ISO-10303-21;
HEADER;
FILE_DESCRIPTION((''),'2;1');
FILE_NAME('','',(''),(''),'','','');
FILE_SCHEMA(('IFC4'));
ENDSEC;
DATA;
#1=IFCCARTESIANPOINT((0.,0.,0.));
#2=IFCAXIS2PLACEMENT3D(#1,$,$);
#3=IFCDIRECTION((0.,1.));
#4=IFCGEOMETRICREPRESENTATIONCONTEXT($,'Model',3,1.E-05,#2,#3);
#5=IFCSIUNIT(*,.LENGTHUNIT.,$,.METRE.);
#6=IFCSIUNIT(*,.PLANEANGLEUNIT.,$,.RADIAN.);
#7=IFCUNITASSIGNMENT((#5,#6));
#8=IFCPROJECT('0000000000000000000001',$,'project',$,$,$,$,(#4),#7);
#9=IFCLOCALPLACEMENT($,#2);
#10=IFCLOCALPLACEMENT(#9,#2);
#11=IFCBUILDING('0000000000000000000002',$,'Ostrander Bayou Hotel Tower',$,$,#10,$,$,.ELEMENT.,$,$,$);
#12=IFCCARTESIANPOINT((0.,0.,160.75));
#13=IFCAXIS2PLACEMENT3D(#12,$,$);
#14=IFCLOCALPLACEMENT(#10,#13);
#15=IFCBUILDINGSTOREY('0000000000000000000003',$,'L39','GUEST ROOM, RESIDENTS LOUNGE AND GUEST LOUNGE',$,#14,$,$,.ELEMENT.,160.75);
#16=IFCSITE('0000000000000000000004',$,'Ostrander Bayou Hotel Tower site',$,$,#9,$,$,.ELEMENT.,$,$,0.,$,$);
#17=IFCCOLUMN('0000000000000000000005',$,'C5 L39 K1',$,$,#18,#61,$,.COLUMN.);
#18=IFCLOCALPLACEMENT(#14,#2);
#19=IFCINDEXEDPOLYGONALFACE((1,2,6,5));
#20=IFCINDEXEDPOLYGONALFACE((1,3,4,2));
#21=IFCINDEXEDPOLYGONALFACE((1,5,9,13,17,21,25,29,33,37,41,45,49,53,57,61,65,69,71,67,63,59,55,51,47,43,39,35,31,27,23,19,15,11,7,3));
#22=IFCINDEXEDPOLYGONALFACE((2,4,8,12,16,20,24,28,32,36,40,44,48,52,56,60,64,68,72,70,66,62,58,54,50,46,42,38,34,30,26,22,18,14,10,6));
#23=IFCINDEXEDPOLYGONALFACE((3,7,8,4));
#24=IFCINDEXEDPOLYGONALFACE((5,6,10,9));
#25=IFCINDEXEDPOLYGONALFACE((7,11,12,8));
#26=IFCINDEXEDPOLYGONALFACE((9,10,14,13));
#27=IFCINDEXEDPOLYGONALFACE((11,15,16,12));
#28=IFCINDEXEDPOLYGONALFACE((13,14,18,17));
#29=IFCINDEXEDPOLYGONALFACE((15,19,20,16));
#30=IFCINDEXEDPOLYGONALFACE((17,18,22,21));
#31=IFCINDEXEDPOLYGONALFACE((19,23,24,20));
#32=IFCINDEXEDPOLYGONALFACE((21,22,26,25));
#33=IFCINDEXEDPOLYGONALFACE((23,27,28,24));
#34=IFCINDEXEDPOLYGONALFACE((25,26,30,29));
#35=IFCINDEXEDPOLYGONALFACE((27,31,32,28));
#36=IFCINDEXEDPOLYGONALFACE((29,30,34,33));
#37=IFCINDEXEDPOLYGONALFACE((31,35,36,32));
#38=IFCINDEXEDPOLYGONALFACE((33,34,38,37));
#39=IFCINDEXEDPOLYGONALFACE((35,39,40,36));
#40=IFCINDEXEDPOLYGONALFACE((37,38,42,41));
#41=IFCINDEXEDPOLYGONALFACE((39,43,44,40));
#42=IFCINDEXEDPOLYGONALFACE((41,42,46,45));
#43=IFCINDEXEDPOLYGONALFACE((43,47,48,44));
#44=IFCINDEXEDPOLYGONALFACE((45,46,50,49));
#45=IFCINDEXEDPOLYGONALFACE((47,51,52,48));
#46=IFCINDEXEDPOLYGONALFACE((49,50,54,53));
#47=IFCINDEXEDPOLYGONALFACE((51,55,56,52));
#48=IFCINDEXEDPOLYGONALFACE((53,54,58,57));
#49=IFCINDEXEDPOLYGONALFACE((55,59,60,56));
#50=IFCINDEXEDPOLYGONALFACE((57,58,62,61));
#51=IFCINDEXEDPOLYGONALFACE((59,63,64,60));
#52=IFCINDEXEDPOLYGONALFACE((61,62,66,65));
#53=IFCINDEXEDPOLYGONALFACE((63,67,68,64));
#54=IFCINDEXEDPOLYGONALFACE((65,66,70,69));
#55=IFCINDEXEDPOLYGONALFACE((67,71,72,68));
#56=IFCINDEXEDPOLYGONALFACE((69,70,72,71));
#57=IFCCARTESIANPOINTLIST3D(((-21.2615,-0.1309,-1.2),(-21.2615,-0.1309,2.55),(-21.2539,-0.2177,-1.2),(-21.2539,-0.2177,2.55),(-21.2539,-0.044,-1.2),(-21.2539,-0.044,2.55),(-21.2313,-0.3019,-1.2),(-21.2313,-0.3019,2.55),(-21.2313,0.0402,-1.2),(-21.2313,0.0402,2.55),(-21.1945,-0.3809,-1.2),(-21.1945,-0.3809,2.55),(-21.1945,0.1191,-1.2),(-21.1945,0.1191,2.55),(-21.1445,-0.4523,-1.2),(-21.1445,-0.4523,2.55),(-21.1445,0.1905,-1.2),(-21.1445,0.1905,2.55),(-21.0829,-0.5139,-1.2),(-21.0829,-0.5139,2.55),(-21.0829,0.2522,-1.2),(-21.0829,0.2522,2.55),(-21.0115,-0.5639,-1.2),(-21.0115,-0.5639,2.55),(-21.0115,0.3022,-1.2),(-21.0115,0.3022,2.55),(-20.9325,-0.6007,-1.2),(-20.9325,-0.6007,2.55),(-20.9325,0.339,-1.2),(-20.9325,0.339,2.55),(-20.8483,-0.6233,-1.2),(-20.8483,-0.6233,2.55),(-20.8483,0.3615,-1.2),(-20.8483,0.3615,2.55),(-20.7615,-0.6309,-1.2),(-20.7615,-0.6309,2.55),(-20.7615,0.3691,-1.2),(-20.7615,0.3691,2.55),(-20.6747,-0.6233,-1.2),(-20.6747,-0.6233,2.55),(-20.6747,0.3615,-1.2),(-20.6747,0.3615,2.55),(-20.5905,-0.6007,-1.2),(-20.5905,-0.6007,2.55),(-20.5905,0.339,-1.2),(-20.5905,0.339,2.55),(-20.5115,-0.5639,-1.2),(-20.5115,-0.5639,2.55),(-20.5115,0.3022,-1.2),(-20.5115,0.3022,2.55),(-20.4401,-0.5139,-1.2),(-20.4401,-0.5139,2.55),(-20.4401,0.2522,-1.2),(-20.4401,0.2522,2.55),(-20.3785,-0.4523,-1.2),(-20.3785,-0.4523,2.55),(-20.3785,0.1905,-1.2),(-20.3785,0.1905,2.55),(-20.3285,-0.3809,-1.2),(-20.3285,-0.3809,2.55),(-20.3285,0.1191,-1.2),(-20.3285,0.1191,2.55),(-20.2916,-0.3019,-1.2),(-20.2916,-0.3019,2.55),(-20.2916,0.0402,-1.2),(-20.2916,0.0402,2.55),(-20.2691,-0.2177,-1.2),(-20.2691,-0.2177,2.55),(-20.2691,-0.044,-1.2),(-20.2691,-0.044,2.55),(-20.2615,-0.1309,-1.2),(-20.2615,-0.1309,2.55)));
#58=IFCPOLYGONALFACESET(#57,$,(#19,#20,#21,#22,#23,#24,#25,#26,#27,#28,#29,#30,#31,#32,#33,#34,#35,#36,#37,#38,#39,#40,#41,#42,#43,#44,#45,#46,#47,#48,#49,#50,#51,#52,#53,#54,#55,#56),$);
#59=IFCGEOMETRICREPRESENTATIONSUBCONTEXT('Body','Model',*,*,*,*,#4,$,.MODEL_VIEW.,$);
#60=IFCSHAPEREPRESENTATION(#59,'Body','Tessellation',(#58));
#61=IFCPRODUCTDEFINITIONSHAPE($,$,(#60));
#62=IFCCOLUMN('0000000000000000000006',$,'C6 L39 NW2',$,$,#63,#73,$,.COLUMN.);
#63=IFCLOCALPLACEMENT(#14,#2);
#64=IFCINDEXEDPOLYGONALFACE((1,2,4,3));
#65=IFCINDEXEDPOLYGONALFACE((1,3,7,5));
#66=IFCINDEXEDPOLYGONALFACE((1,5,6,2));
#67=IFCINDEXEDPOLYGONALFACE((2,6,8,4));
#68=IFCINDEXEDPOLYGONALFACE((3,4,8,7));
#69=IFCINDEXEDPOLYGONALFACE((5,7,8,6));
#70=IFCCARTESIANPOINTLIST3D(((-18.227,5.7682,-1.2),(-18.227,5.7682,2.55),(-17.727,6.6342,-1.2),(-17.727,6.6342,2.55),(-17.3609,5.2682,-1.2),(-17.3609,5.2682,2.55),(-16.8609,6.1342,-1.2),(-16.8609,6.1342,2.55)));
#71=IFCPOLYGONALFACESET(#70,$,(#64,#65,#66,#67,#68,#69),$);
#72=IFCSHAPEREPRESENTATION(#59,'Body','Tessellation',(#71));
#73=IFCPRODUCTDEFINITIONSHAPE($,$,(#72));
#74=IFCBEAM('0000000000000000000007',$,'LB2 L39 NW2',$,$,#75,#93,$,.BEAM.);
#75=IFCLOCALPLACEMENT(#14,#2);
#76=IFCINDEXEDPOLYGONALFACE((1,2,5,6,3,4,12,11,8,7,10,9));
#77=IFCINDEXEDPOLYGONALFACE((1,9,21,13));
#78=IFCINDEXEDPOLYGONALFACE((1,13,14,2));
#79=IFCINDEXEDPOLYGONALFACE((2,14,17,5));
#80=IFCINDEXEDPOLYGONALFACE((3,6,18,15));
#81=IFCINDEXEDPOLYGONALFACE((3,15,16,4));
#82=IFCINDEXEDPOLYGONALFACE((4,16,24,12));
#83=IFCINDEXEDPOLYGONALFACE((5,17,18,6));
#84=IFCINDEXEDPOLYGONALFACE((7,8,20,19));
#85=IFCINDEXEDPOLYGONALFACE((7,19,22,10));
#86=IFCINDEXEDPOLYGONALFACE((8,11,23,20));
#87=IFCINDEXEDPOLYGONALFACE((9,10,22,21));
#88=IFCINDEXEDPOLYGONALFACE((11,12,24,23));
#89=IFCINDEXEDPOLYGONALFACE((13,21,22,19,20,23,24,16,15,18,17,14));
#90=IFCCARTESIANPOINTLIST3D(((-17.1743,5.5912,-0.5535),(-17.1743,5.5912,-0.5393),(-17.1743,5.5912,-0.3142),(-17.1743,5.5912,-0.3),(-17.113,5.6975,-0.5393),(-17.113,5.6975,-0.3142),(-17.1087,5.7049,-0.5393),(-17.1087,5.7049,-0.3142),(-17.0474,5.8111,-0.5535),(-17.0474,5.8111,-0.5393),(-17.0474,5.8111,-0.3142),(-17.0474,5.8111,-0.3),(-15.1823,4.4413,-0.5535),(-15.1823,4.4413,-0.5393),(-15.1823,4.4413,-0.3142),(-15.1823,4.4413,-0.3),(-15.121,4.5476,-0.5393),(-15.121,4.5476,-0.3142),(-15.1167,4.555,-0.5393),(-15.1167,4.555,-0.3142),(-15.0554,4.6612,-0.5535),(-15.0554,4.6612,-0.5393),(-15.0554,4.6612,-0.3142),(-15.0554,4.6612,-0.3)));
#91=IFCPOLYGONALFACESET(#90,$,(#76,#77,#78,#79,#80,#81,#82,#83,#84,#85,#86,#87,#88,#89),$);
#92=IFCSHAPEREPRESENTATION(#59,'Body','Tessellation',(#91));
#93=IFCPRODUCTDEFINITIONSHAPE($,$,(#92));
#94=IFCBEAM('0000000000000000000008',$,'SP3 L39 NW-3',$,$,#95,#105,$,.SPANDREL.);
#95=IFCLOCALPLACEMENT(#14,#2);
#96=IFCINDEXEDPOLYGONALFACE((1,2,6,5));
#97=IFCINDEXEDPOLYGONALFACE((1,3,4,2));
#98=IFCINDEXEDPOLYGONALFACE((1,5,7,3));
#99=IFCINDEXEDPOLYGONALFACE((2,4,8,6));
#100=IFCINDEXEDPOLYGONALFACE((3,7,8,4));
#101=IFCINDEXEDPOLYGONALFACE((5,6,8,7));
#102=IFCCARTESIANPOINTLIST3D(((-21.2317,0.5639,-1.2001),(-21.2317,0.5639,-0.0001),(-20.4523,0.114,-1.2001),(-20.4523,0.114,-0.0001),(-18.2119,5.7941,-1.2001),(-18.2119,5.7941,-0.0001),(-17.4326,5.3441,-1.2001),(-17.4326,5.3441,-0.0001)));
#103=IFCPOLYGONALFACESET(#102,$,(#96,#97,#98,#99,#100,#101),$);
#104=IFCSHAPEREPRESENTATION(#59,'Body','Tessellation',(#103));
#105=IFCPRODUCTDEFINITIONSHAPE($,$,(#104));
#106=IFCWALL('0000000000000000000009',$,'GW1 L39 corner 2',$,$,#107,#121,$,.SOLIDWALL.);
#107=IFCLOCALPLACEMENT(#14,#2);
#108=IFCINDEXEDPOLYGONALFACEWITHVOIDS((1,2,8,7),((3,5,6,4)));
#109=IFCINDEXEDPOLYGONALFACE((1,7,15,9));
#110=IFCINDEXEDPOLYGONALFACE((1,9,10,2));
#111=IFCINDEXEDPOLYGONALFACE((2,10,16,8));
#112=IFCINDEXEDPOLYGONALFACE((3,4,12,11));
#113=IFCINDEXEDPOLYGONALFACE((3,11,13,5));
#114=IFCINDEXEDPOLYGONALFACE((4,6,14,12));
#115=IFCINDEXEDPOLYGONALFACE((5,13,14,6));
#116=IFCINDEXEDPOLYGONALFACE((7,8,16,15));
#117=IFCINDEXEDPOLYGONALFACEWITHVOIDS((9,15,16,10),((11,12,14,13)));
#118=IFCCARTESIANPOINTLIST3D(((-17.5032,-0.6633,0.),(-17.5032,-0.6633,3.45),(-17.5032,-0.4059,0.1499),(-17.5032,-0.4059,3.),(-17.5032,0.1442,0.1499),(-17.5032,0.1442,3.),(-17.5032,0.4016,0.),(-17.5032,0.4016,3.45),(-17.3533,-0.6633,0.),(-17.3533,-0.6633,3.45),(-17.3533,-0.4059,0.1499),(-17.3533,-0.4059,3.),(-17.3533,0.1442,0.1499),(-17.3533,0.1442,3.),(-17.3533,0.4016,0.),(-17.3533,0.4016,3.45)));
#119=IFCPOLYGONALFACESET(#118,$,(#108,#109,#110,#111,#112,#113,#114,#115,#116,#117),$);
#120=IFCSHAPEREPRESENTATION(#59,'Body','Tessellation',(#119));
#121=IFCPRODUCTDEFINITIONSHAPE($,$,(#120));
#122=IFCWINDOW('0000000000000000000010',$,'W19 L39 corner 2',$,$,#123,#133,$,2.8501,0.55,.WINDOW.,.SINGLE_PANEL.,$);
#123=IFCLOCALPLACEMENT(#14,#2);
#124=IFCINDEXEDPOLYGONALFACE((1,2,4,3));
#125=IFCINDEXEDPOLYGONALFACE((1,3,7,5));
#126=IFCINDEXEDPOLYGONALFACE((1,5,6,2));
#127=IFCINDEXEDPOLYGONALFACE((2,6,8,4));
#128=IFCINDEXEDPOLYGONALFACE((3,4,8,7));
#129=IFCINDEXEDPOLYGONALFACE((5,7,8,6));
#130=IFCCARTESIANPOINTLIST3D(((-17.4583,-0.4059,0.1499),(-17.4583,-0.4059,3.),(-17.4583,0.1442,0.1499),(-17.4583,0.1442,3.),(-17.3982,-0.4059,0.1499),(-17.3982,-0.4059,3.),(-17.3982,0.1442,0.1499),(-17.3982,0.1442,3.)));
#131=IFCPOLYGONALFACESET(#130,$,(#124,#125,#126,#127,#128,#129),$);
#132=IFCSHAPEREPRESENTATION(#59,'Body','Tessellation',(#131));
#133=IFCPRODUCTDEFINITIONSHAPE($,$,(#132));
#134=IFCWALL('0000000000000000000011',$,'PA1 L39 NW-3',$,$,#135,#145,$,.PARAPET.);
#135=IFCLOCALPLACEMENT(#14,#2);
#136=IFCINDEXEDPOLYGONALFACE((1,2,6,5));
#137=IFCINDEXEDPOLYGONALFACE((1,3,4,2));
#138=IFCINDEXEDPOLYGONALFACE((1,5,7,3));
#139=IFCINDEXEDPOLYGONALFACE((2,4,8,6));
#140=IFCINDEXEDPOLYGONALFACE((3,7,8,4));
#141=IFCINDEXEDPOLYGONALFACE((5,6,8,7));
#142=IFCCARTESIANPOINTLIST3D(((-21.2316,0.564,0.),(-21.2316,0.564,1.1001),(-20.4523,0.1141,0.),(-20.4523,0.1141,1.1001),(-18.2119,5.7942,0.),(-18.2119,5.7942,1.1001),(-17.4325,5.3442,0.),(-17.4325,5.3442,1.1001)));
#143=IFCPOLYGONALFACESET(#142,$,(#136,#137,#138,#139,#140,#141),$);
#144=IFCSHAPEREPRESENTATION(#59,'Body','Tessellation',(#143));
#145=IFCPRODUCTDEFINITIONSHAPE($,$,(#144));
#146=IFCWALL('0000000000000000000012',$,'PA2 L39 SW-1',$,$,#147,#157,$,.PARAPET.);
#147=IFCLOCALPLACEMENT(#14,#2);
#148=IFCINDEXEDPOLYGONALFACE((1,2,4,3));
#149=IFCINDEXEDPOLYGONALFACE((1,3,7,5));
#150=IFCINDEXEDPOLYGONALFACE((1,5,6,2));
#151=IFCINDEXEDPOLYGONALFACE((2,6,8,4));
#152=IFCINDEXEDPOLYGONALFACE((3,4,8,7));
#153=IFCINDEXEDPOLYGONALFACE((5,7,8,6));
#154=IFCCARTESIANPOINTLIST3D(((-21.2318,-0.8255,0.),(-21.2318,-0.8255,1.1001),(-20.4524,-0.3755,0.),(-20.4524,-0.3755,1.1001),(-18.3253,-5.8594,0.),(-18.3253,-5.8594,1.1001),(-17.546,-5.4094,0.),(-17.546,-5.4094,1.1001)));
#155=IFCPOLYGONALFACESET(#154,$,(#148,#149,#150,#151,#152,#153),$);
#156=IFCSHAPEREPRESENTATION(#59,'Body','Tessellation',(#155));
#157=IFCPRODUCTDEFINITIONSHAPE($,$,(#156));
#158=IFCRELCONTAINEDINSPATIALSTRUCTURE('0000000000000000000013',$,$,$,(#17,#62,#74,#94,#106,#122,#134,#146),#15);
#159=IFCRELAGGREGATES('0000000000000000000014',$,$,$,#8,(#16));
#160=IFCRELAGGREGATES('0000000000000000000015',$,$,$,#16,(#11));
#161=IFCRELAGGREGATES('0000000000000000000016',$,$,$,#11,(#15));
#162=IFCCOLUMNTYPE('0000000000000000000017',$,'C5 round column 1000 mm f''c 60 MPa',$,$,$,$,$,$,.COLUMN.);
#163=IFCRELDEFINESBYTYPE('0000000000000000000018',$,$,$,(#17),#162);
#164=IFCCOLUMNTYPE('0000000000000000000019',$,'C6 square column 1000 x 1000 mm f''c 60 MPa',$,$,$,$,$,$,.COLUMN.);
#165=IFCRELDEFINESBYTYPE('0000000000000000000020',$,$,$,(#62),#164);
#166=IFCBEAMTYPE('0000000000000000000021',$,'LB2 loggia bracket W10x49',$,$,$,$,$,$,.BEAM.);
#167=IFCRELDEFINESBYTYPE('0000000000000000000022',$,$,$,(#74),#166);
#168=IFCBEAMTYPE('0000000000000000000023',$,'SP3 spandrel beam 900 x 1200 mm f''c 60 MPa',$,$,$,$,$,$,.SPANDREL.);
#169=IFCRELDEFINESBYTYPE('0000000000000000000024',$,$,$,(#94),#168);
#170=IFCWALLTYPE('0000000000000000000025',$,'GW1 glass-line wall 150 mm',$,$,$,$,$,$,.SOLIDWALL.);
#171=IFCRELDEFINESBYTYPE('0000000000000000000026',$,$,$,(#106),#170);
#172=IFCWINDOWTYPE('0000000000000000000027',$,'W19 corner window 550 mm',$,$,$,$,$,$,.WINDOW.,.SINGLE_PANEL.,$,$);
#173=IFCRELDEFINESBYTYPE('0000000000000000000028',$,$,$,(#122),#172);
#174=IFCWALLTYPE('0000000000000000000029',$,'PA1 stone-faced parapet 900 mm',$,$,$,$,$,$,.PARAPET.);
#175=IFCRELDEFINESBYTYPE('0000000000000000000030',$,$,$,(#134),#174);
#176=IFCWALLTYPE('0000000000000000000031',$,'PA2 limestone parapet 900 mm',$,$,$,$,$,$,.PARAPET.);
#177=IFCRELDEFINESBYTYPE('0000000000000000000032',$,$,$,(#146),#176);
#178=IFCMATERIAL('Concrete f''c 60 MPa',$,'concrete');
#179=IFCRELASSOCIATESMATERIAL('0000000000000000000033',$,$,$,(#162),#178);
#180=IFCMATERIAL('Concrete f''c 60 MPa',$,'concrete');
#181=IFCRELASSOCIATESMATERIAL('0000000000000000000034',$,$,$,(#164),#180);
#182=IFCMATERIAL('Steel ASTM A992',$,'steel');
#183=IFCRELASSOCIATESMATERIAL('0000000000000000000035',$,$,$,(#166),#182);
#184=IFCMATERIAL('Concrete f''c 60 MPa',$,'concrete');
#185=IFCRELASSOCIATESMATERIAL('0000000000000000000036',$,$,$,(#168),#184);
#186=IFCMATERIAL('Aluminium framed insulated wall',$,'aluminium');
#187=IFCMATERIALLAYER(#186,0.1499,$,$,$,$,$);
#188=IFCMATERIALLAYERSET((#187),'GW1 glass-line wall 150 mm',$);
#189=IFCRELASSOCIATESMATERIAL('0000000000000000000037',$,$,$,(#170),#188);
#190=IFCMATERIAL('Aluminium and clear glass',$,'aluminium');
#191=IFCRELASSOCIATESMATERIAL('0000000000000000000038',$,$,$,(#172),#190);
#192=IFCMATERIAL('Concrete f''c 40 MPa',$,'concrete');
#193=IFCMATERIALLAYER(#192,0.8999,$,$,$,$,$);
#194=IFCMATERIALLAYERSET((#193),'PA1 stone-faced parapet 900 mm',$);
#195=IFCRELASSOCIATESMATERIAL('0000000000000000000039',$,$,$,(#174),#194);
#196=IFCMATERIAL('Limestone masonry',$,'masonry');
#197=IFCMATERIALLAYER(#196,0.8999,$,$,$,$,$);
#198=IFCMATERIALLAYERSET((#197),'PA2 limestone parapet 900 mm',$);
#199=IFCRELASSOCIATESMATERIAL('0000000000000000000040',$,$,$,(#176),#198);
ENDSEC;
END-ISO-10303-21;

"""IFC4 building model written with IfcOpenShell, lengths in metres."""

from ifc_helpers import new_model, si_unit, direction, frame, frame_2d, origin, origin_2d, place, context, subcontext, project, spatial, rectangle, circle, i_section, extrude, material, layer, layer_set, material_profile, profile_set, type_object, element, fill, save


model = new_model("IFC4")

# Units and contexts
model_context = context("Model", 3, precision=1e-05, world=origin(), true_north=direction((0.0, 1.0)))
body_context = subcontext(model_context, "Body", "Model", "MODEL_VIEW")
ifc_project = project(units=[si_unit("LENGTHUNIT", "METRE"), si_unit("PLANEANGLEUNIT", "RADIAN")], contexts=[model_context])

# Site, building, storey
site_placement = place(None, origin())
site = spatial("IfcSite", under=ifc_project, at=site_placement, Name="Ostrander Bayou Hotel Tower site", CompositionType="ELEMENT", RefElevation=0.0)
building_placement = place(site_placement, origin())
building = spatial("IfcBuilding", under=site, at=building_placement, Name="Ostrander Bayou Hotel Tower", CompositionType="ELEMENT")
storey_placement = place(building_placement, frame((0.0, 0.0, 160.75)))
storey = spatial("IfcBuildingStorey", under=building, at=storey_placement, Name="L39", Description="GUEST ROOM, RESIDENTS LOUNGE AND GUEST LOUNGE", CompositionType="ELEMENT", Elevation=160.75)

# Columns
ifc_material_1 = material(Name="Concrete f'c 60 MPa", Category="concrete")
ifc_material_profile_1 = material_profile(ifc_material_1, circle(Radius=0.5, at=origin_2d()))
ifc_profile_set_1 = profile_set([ifc_material_profile_1], Name="Concrete f'c 60 MPa")
column_type_1 = type_object("IfcColumnType", Name="C5 round column 1000 mm f'c 60 MPa", PredefinedType="COLUMN", material=ifc_profile_set_1)
column_1_placement = place(storey_placement, frame((-20.7615, -0.1309, -1.2), z_axis=(0.0, 0.0, 1.0), x_axis=(1.0, 0.0, 0.0)))
element("IfcColumn", 1, at=column_1_placement, inside=storey, type_object=column_type_1, Name="C5 L39 K1", PredefinedType="COLUMN", context=body_context, shape_type="SweptSolid", body=[
    extrude(circle(Radius=0.5, at=origin_2d()), origin(), (0.0, 0.0, 1.0), 3.75),
])
ifc_material_2 = material(Name="Concrete f'c 60 MPa", Category="concrete")
ifc_material_profile_2 = material_profile(ifc_material_2, rectangle(XDim=1.0, YDim=1.0, at=origin_2d()))
ifc_profile_set_2 = profile_set([ifc_material_profile_2], Name="Concrete f'c 60 MPa")
column_type_2 = type_object("IfcColumnType", Name="C6 square column 1000 x 1000 mm f'c 60 MPa", PredefinedType="COLUMN", material=ifc_profile_set_2)
column_2_placement = place(storey_placement, frame((-17.5439, 5.9512, -1.2), z_axis=(0.0, 0.0, 1.0), x_axis=(0.5, 0.866025, 0.0)))
element("IfcColumn", 2, at=column_2_placement, inside=storey, type_object=column_type_2, Name="C6 L39 NW2", PredefinedType="COLUMN", context=body_context, shape_type="SweptSolid", body=[
    extrude(rectangle(XDim=1.0, YDim=1.0, at=origin_2d()), origin(), (0.0, 0.0, 1.0), 3.75),
])

# Beams
ifc_material_3 = material(Name="Steel ASTM A992", Category="steel")
ifc_material_profile_3 = material_profile(ifc_material_3, i_section(OverallWidth=0.2539, OverallDepth=0.2534, WebThickness=0.0085, FlangeThickness=0.0142, at=origin_2d()))
ifc_profile_set_3 = profile_set([ifc_material_profile_3], Name="Steel ASTM A992")
beam_type_1 = type_object("IfcBeamType", Name="LB2 loggia bracket W10x49", PredefinedType="BEAM", material=ifc_profile_set_3)
beam_1_placement = place(storey_placement, frame((-17.1108, 5.7012, -0.4268), z_axis=(0.866053, -0.499952, 0.0), x_axis=(0.499952, 0.866053, 0.0)))
element("IfcBeam", 3, at=beam_1_placement, inside=storey, type_object=beam_type_1, Name="LB2 L39 NW2", PredefinedType="BEAM", context=body_context, shape_type="SweptSolid", body=[
    extrude(i_section(OverallWidth=0.2539, OverallDepth=0.2534, WebThickness=0.0085, FlangeThickness=0.0142, at=origin_2d()), origin(), (0.0, 0.0, 1.0), 2.3),
])
ifc_material_4 = material(Name="Concrete f'c 60 MPa", Category="concrete")
ifc_material_profile_4 = material_profile(ifc_material_4, rectangle(XDim=0.8999, YDim=1.2, at=origin_2d()))
ifc_profile_set_4 = profile_set([ifc_material_profile_4], Name="Concrete f'c 60 MPa")
beam_type_2 = type_object("IfcBeamType", Name="SP3 spandrel beam 900 x 1200 mm f'c 60 MPa", PredefinedType="SPANDREL", material=ifc_profile_set_4)
beam_2_placement = place(storey_placement, frame((-17.8223, 5.5691, -0.6001), z_axis=(-0.500013, -0.866018, 0.0), x_axis=(0.866018, -0.500013, 0.0)))
element("IfcBeam", 4, at=beam_2_placement, inside=storey, type_object=beam_type_2, Name="SP3 L39 NW-3", PredefinedType="SPANDREL", context=body_context, shape_type="SweptSolid", body=[
    extrude(rectangle(XDim=0.8999, YDim=1.2, at=origin_2d()), origin(), (0.0, 0.0, 1.0), 6.0393),
])

# Wall, opening, window
ifc_material_5 = material(Name="Aluminium framed insulated wall", Category="aluminium")
ifc_layer_1 = layer(ifc_material_5, 0.1499)
ifc_layer_set_1 = layer_set([ifc_layer_1], Name="GW1 glass-line wall 150 mm")
wall_type_1 = type_object("IfcWallType", Name="GW1 glass-line wall 150 mm", PredefinedType="SOLIDWALL", material=ifc_layer_set_1)
wall_1_placement = place(storey_placement, frame((-17.4282, 0.4016, 0.0), z_axis=(0.0, 0.0, 1.0), x_axis=(0.0, -1.0, 0.0)))
wall_1 = element("IfcWall", 5, at=wall_1_placement, inside=storey, type_object=wall_type_1, Name="GW1 L39 corner 2", PredefinedType="SOLIDWALL", context=body_context, shape_type="SweptSolid", body=[
    extrude(rectangle(XDim=1.0649, YDim=0.1499, at=frame_2d((0.5325, 0.0))), origin(), (0.0, 0.0, 1.0), 3.45),
])
opening_1_placement = place(wall_1_placement, frame((0.2576, 0.0, 0.1499)))
opening_1 = element("IfcOpeningElement", 6, at=opening_1_placement, cuts=wall_1, PredefinedType="OPENING", context=body_context, shape_type="SweptSolid", body=[
    extrude(rectangle(XDim=0.55, YDim=2.8501, at=frame_2d((0.2749, 1.425))), frame((0.0, 0.075, 0.0), z_axis=(0.0, -1.0, 0.0), x_axis=(1.0, 0.0, 0.0)), (0.0, 0.0, 1.0), 0.1499),
])
ifc_material_6 = material(Name="Aluminium and clear glass", Category="aluminium")
window_type = type_object("IfcWindowType", Name="W19 corner window 550 mm", PartitioningType="SINGLE_PANEL", PredefinedType="WINDOW", material=ifc_material_6)
window_placement = place(opening_1_placement, origin())
window = element("IfcWindow", 7, at=window_placement, inside=storey, type_object=window_type, Name="W19 L39 corner 2", OverallHeight=2.8501, OverallWidth=0.55, PartitioningType="SINGLE_PANEL", PredefinedType="WINDOW", context=body_context, shape_type="SweptSolid", body=[
    extrude(rectangle(XDim=0.55, YDim=2.8501, at=frame_2d((0.2749, 1.425))), frame((0.0, 0.03, 0.0), z_axis=(0.0, -1.0, 0.0), x_axis=(1.0, 0.0, 0.0)), (0.0, 0.0, 1.0), 0.0601),
])
fill(opening_1, window)

# Walls
ifc_material_7 = material(Name="Concrete f'c 40 MPa", Category="concrete")
ifc_layer_2 = layer(ifc_material_7, 0.8999)
ifc_layer_set_2 = layer_set([ifc_layer_2], Name="PA1 stone-faced parapet 900 mm")
wall_type_2 = type_object("IfcWallType", Name="PA1 stone-faced parapet 900 mm", PredefinedType="PARAPET", material=ifc_layer_set_2)
wall_2_placement = place(storey_placement, frame((-17.8223, 5.5691, 0.0), z_axis=(0.0, 0.0, 1.0), x_axis=(-0.500013, -0.866018, 0.0)))
element("IfcWall", 8, at=wall_2_placement, inside=storey, type_object=wall_type_2, Name="PA1 L39 NW-3", PredefinedType="PARAPET", context=body_context, shape_type="SweptSolid", body=[
    extrude(rectangle(XDim=6.0393, YDim=0.8999, at=frame_2d((3.0195, 0.0))), origin(), (0.0, 0.0, 1.0), 1.1001),
])
ifc_material_8 = material(Name="Limestone masonry", Category="masonry")
ifc_layer_3 = layer(ifc_material_8, 0.8999)
ifc_layer_set_3 = layer_set([ifc_layer_3], Name="PA2 limestone parapet 900 mm")
wall_type_3 = type_object("IfcWallType", Name="PA2 limestone parapet 900 mm", PredefinedType="PARAPET", material=ifc_layer_set_3)
wall_3_placement = place(storey_placement, frame((-20.842, -0.6006, 0.0), z_axis=(0.0, 0.0, 1.0), x_axis=(0.500019, -0.866014, 0.0)))
element("IfcWall", 9, at=wall_3_placement, inside=storey, type_object=wall_type_3, Name="PA2 L39 SW-1", PredefinedType="PARAPET", context=body_context, shape_type="SweptSolid", body=[
    extrude(rectangle(XDim=5.8127, YDim=0.8999, at=frame_2d((2.9062, 0.0))), origin(), (0.0, 0.0, 1.0), 1.1001),
])

save(model, "model.ifc")
